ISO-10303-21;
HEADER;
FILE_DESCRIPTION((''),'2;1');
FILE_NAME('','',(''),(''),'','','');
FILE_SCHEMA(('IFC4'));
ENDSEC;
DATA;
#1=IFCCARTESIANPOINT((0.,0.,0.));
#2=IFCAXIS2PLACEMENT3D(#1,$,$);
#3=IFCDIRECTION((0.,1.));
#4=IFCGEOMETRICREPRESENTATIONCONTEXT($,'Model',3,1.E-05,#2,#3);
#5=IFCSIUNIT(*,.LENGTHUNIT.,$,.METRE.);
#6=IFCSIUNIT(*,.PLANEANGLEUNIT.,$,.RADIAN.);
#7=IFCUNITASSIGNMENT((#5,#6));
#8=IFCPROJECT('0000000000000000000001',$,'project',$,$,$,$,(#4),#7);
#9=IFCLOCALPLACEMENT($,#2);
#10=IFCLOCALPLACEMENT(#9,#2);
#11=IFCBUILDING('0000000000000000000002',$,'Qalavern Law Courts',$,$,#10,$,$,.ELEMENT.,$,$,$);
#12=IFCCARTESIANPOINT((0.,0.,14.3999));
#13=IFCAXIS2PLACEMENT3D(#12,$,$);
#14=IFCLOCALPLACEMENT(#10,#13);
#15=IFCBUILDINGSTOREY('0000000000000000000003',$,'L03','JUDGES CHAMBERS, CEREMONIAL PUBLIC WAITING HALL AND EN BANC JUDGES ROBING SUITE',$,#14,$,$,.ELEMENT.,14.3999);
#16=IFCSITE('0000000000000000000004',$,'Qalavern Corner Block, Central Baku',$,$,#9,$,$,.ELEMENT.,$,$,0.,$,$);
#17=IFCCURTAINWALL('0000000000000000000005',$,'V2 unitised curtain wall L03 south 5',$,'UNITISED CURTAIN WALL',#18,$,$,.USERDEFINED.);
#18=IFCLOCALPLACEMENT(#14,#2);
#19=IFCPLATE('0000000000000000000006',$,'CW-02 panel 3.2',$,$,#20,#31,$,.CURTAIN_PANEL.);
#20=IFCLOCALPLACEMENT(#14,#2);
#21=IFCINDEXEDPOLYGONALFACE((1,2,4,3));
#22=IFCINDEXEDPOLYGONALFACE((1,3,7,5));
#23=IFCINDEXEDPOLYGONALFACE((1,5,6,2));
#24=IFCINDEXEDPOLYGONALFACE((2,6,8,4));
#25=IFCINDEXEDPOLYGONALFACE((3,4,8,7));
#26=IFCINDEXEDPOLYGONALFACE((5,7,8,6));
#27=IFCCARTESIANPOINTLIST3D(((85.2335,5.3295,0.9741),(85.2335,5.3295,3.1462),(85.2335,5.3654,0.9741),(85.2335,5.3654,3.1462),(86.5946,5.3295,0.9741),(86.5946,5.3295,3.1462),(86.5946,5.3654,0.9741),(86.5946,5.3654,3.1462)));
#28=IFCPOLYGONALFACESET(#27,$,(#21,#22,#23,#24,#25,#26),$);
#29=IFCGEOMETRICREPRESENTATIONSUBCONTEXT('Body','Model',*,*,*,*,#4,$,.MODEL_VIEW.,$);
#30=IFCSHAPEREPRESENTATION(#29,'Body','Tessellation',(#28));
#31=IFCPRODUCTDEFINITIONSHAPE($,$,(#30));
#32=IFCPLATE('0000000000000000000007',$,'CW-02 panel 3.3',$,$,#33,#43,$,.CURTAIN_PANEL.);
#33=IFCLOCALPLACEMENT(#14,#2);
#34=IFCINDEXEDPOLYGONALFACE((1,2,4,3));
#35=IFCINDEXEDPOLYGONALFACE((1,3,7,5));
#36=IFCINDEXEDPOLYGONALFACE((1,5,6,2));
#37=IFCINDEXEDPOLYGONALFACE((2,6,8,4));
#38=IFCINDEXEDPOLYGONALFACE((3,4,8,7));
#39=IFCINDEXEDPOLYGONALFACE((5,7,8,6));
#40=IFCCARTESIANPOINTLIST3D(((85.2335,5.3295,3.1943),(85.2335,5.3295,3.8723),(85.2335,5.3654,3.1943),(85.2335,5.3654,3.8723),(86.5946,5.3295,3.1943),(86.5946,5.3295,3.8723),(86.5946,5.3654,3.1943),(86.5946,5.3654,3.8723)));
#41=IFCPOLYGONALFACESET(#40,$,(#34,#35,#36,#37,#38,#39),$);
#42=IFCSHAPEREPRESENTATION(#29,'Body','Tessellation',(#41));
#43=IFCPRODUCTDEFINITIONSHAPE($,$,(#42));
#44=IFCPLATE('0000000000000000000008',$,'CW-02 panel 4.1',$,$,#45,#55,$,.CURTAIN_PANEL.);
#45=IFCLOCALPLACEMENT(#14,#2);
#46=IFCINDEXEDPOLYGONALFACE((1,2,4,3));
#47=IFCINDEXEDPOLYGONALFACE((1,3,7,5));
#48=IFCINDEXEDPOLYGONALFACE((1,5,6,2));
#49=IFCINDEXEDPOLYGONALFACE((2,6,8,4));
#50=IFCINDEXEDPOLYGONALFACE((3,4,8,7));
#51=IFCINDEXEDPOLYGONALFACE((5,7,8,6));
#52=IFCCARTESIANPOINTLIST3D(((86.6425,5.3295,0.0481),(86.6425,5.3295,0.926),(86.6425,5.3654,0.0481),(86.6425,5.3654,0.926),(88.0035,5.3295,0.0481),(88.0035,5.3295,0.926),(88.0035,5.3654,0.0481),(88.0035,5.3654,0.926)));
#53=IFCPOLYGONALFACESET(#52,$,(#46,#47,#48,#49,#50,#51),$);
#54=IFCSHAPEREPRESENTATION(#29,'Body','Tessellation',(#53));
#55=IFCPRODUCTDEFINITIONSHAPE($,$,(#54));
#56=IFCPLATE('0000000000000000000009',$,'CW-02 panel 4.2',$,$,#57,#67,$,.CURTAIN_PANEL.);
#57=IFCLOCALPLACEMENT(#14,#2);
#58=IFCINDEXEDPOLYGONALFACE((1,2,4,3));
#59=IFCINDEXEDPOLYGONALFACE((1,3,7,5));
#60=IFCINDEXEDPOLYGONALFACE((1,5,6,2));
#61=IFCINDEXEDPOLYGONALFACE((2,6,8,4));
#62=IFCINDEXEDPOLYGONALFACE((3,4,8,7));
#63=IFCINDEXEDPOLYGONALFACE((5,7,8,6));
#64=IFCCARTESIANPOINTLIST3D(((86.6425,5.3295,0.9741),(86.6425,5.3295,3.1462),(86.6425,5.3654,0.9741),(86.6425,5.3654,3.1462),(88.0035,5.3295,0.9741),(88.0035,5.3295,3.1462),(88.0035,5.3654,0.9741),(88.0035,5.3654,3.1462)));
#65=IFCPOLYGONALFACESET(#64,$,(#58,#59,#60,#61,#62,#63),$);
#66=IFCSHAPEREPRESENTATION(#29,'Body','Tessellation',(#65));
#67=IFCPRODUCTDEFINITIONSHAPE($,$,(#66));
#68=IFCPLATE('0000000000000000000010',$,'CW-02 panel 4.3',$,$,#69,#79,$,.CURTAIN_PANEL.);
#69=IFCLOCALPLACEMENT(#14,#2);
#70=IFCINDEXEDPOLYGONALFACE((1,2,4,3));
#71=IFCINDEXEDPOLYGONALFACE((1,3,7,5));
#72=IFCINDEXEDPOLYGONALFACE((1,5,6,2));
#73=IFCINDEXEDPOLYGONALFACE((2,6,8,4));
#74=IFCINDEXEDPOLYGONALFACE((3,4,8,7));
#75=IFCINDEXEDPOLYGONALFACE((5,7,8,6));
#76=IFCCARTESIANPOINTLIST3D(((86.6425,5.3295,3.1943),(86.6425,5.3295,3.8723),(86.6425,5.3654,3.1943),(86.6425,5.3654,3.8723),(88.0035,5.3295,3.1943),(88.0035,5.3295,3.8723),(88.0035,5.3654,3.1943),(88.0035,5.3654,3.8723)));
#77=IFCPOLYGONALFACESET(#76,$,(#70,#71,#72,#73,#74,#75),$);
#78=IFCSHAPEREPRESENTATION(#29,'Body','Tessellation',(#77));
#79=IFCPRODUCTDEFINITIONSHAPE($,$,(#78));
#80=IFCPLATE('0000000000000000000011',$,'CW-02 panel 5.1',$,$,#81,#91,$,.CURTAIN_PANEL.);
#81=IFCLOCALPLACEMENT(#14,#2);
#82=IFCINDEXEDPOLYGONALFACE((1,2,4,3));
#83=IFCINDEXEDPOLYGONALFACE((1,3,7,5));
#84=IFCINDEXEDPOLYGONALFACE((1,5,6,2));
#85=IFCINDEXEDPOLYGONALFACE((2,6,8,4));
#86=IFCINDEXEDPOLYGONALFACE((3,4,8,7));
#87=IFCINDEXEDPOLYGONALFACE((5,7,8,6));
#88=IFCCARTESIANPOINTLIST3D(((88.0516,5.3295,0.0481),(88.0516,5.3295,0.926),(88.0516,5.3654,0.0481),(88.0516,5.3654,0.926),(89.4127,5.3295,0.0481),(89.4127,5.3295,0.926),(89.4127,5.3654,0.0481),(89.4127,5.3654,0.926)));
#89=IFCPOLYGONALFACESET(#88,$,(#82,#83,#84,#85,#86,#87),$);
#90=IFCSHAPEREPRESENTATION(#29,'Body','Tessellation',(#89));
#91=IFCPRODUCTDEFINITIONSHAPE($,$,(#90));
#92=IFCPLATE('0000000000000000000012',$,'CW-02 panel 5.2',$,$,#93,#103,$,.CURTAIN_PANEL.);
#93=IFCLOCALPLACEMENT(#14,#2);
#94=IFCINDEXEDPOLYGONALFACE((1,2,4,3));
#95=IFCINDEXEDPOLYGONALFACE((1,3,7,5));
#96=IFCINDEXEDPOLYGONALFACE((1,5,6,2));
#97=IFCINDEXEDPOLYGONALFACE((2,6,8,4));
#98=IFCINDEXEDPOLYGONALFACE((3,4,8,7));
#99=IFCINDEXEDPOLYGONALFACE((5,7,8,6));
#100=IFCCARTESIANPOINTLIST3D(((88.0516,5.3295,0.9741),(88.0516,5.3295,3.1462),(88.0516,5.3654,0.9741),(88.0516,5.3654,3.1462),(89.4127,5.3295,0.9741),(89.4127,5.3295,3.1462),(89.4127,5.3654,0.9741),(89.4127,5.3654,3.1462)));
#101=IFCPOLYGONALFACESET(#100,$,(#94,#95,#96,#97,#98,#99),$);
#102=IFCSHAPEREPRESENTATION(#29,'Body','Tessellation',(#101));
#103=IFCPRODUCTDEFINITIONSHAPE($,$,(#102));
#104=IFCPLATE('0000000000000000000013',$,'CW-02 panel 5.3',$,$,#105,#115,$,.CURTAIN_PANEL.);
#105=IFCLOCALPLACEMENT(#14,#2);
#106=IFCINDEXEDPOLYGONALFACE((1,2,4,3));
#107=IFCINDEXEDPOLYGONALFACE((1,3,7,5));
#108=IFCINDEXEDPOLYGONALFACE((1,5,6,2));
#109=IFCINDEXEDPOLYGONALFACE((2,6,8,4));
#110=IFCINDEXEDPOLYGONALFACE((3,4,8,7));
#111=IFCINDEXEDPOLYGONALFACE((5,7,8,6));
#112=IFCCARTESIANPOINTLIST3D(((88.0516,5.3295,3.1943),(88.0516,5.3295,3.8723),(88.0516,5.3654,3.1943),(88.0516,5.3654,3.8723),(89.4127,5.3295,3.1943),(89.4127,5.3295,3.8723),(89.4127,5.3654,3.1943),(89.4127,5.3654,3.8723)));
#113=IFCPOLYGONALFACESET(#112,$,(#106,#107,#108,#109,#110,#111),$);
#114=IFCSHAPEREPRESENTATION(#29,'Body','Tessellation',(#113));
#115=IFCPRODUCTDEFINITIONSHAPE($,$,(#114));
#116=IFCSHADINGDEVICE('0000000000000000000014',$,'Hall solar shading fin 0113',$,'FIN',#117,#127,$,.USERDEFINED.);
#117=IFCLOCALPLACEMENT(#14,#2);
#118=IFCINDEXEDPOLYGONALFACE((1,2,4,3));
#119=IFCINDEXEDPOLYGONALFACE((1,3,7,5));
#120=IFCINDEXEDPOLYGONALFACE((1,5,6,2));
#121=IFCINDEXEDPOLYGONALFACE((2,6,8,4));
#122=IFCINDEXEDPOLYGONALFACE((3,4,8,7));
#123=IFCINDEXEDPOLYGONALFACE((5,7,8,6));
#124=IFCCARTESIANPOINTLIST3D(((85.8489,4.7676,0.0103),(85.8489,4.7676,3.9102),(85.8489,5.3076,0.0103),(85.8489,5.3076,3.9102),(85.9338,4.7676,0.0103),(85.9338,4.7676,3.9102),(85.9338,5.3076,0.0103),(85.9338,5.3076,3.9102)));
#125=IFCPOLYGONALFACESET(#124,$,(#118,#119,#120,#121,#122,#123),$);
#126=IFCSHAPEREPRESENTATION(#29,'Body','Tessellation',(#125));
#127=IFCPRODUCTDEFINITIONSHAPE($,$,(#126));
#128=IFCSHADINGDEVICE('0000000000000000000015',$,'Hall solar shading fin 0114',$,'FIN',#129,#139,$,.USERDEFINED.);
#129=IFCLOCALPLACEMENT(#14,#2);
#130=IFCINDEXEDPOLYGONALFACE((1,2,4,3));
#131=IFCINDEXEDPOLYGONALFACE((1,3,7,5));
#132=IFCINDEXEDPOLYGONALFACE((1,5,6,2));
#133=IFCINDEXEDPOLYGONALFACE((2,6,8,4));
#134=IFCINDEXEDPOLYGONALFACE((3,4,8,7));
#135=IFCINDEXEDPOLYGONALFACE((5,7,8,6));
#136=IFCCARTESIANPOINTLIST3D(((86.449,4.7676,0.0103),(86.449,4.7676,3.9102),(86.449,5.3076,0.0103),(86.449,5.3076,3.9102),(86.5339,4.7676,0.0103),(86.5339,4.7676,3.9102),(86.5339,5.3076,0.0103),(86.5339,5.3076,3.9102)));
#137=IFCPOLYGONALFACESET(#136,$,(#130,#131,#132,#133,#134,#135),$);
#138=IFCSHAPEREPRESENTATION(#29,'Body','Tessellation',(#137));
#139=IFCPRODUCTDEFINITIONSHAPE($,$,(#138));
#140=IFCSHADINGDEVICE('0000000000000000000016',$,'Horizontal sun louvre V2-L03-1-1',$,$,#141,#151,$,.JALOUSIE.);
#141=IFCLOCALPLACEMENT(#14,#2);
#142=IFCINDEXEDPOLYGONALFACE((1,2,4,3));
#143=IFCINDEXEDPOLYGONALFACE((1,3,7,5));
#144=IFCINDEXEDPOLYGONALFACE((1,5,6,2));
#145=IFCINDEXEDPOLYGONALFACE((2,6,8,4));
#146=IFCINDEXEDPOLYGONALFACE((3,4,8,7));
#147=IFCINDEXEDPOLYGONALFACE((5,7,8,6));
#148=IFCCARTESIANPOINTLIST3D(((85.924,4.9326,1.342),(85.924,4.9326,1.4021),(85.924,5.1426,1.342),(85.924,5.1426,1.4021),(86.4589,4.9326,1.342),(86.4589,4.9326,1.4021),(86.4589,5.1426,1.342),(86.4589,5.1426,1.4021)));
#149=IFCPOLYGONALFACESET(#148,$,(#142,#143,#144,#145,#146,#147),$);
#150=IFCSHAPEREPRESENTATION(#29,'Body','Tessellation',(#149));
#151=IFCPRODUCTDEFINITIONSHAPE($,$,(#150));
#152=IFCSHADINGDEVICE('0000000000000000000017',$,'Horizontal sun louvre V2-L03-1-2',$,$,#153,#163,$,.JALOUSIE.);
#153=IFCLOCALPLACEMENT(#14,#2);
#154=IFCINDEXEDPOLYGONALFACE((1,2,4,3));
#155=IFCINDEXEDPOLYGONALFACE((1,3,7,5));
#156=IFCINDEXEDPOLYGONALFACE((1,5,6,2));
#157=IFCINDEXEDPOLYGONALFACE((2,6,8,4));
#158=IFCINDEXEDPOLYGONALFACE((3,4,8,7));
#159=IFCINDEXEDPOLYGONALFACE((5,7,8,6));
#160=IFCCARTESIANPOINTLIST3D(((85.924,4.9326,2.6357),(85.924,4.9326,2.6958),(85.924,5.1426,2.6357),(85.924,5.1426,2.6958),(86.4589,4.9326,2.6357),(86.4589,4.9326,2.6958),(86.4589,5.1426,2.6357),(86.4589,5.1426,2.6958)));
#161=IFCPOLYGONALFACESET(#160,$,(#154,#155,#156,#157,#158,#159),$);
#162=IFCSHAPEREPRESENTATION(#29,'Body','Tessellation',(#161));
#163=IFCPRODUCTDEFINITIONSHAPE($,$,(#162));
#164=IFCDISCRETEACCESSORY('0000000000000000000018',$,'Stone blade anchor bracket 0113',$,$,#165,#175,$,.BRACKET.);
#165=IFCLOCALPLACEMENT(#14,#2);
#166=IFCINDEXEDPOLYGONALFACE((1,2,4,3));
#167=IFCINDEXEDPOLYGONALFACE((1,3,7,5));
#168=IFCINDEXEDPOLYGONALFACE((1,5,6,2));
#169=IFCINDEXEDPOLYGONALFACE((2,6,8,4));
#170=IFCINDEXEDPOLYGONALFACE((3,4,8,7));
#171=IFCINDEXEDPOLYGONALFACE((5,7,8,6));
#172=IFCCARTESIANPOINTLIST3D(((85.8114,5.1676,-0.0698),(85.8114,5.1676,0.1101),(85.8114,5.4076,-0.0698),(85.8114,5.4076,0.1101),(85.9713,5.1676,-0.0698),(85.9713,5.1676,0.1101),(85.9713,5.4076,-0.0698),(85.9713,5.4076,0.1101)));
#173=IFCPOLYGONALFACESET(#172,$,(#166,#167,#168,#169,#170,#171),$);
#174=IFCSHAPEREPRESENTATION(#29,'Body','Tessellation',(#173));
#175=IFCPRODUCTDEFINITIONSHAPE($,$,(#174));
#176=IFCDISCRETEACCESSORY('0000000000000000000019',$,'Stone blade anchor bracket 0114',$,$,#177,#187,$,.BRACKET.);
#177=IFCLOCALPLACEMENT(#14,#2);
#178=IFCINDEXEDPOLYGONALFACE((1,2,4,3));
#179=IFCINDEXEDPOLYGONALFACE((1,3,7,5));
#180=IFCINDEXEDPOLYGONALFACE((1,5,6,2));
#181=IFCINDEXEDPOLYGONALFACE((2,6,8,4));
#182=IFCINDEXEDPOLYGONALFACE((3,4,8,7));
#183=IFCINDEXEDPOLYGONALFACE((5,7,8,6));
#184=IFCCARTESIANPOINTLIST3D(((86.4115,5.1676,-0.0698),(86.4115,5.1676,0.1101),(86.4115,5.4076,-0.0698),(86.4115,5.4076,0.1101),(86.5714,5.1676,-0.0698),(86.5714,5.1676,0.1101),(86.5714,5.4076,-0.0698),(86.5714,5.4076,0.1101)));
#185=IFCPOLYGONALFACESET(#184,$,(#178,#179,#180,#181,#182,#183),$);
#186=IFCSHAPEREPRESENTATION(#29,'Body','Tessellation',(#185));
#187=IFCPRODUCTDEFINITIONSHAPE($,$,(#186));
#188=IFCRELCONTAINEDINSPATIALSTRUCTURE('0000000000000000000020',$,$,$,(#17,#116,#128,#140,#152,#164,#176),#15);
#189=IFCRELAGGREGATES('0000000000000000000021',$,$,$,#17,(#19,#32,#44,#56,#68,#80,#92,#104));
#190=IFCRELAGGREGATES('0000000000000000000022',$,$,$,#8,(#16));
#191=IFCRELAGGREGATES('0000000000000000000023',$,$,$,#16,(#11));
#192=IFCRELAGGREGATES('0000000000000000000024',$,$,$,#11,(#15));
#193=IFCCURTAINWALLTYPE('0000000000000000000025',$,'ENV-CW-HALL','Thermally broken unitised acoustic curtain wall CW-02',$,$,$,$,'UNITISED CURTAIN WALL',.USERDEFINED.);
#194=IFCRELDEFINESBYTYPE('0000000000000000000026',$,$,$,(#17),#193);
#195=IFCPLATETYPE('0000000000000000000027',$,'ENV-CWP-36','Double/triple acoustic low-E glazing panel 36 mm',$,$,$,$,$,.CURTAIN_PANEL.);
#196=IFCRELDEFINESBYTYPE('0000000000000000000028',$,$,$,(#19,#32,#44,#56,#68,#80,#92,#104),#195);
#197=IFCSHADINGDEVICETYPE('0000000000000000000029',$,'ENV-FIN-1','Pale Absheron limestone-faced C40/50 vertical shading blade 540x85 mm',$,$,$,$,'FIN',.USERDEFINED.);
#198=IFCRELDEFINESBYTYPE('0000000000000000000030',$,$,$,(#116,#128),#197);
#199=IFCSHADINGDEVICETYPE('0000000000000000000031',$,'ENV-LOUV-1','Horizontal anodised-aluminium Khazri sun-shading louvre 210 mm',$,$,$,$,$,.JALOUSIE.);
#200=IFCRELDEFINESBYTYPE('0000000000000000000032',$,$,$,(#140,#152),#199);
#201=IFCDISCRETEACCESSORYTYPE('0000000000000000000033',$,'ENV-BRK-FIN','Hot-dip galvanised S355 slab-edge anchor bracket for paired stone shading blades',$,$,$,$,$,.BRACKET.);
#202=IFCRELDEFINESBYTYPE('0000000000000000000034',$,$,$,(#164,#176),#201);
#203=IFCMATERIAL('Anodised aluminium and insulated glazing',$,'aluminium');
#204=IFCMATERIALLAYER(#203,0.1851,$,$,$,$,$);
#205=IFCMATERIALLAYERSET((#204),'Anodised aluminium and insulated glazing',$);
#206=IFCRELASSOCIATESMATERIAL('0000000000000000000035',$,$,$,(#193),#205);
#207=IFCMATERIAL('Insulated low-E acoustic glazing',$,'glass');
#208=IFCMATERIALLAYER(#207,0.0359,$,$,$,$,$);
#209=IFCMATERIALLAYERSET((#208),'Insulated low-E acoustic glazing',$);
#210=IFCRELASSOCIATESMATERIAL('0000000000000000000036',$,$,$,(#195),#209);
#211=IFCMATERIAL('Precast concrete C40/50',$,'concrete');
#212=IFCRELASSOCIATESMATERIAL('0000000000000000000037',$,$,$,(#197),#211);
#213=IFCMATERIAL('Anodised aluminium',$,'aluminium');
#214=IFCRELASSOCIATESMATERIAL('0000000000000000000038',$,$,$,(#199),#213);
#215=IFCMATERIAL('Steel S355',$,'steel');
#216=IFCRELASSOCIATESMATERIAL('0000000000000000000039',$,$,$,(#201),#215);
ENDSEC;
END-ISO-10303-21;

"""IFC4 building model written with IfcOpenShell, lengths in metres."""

from ifc_helpers import new_model, si_unit, direction, frame, origin, origin_2d, place, context, subcontext, project, spatial, rectangle, extrude, material, layer, layer_set, type_object, element, aggregate, save


model = new_model("IFC4")

# Units and contexts
model_context = context("Model", 3, precision=1e-05, world=origin(), true_north=direction((0.0, 1.0)))
body_context = subcontext(model_context, "Body", "Model", "MODEL_VIEW")
ifc_project = project(units=[si_unit("LENGTHUNIT", "METRE"), si_unit("PLANEANGLEUNIT", "RADIAN")], contexts=[model_context])

# Site, building, storey
site_placement = place(None, origin())
site = spatial("IfcSite", under=ifc_project, at=site_placement, Name="Qalavern Corner Block, Central Baku", CompositionType="ELEMENT", RefElevation=0.0)
building_placement = place(site_placement, origin())
building = spatial("IfcBuilding", under=site, at=building_placement, Name="Qalavern Law Courts", CompositionType="ELEMENT")
storey_placement = place(building_placement, frame((0.0, 0.0, 14.3999)))
storey = spatial("IfcBuildingStorey", under=building, at=storey_placement, Name="L03", Description="JUDGES CHAMBERS, CEREMONIAL PUBLIC WAITING HALL AND EN BANC JUDGES ROBING SUITE", CompositionType="ELEMENT", Elevation=14.3999)

# Curtain wall, plates
ifc_material_1 = material(Name="Anodised aluminium and insulated glazing", Category="aluminium")
ifc_layer_1 = layer(ifc_material_1, 0.1851)
ifc_layer_set_1 = layer_set([ifc_layer_1], Name="Anodised aluminium and insulated glazing")
curtain_wall_type = type_object("IfcCurtainWallType", Name="ENV-CW-HALL", Description="Thermally broken unitised acoustic curtain wall CW-02", ElementType="UNITISED CURTAIN WALL", PredefinedType="USERDEFINED", material=ifc_layer_set_1)
curtain_wall_placement = place(storey_placement, origin())
curtain_wall = element("IfcCurtainWall", 1, at=curtain_wall_placement, inside=storey, type_object=curtain_wall_type, Name="V2 unitised curtain wall L03 south 5", ObjectType="UNITISED CURTAIN WALL", PredefinedType="USERDEFINED")
ifc_material_2 = material(Name="Anodised aluminium", Category="aluminium")
ifc_material_3 = material(Name="Insulated low-E acoustic glazing", Category="glass")
ifc_layer_2 = layer(ifc_material_3, 0.0359)
ifc_layer_set_2 = layer_set([ifc_layer_2], Name="Insulated low-E acoustic glazing")
plate_type = type_object("IfcPlateType", Name="ENV-CWP-36", Description="Double/triple acoustic low-E glazing panel 36 mm", PredefinedType="CURTAIN_PANEL", material=ifc_layer_set_2)
plate_1_placement = place(storey_placement, frame((85.9141, 5.3474, 0.9741), z_axis=(0.0, 0.0, 1.0), x_axis=(1.0, 0.0, 0.0)))
plate_1 = element("IfcPlate", 2, at=plate_1_placement, type_object=plate_type, Name="CW-02 panel 3.2", PredefinedType="CURTAIN_PANEL", context=body_context, shape_type="SweptSolid", body=[
    extrude(rectangle(XDim=1.3611, YDim=0.0359, at=origin_2d()), origin(), (0.0, 0.0, 1.0), 2.1721),
])
plate_2_placement = place(storey_placement, frame((85.9141, 5.3474, 3.1943), z_axis=(0.0, 0.0, 1.0), x_axis=(1.0, 0.0, 0.0)))
plate_2 = element("IfcPlate", 3, at=plate_2_placement, type_object=plate_type, Name="CW-02 panel 3.3", PredefinedType="CURTAIN_PANEL", context=body_context, shape_type="SweptSolid", body=[
    extrude(rectangle(XDim=1.3611, YDim=0.0359, at=origin_2d()), origin(), (0.0, 0.0, 1.0), 0.678),
])
plate_3_placement = place(storey_placement, frame((87.323, 5.3474, 0.0481), z_axis=(0.0, 0.0, 1.0), x_axis=(1.0, 0.0, 0.0)))
plate_3 = element("IfcPlate", 4, at=plate_3_placement, type_object=plate_type, Name="CW-02 panel 4.1", PredefinedType="CURTAIN_PANEL", context=body_context, shape_type="SweptSolid", body=[
    extrude(rectangle(XDim=1.3611, YDim=0.0359, at=origin_2d()), origin(), (0.0, 0.0, 1.0), 0.8779),
])
plate_4_placement = place(storey_placement, frame((87.323, 5.3474, 0.9741), z_axis=(0.0, 0.0, 1.0), x_axis=(1.0, 0.0, 0.0)))
plate_4 = element("IfcPlate", 5, at=plate_4_placement, type_object=plate_type, Name="CW-02 panel 4.2", PredefinedType="CURTAIN_PANEL", context=body_context, shape_type="SweptSolid", body=[
    extrude(rectangle(XDim=1.3611, YDim=0.0359, at=origin_2d()), origin(), (0.0, 0.0, 1.0), 2.1721),
])
plate_5_placement = place(storey_placement, frame((87.323, 5.3474, 3.1943), z_axis=(0.0, 0.0, 1.0), x_axis=(1.0, 0.0, 0.0)))
plate_5 = element("IfcPlate", 6, at=plate_5_placement, type_object=plate_type, Name="CW-02 panel 4.3", PredefinedType="CURTAIN_PANEL", context=body_context, shape_type="SweptSolid", body=[
    extrude(rectangle(XDim=1.3611, YDim=0.0359, at=origin_2d()), origin(), (0.0, 0.0, 1.0), 0.678),
])
plate_6_placement = place(storey_placement, frame((88.7322, 5.3474, 0.0481), z_axis=(0.0, 0.0, 1.0), x_axis=(1.0, 0.0, 0.0)))
plate_6 = element("IfcPlate", 7, at=plate_6_placement, type_object=plate_type, Name="CW-02 panel 5.1", PredefinedType="CURTAIN_PANEL", context=body_context, shape_type="SweptSolid", body=[
    extrude(rectangle(XDim=1.3611, YDim=0.0359, at=origin_2d()), origin(), (0.0, 0.0, 1.0), 0.8779),
])
plate_7_placement = place(storey_placement, frame((88.7322, 5.3474, 0.9741), z_axis=(0.0, 0.0, 1.0), x_axis=(1.0, 0.0, 0.0)))
plate_7 = element("IfcPlate", 8, at=plate_7_placement, type_object=plate_type, Name="CW-02 panel 5.2", PredefinedType="CURTAIN_PANEL", context=body_context, shape_type="SweptSolid", body=[
    extrude(rectangle(XDim=1.3611, YDim=0.0359, at=origin_2d()), origin(), (0.0, 0.0, 1.0), 2.1721),
])
plate_8_placement = place(storey_placement, frame((88.7322, 5.3474, 3.1943), z_axis=(0.0, 0.0, 1.0), x_axis=(1.0, 0.0, 0.0)))
plate_8 = element("IfcPlate", 9, at=plate_8_placement, type_object=plate_type, Name="CW-02 panel 5.3", PredefinedType="CURTAIN_PANEL", context=body_context, shape_type="SweptSolid", body=[
    extrude(rectangle(XDim=1.3611, YDim=0.0359, at=origin_2d()), origin(), (0.0, 0.0, 1.0), 0.678),
])
aggregate(curtain_wall, [plate_1, plate_2, plate_3, plate_4, plate_5, plate_6, plate_7, plate_8])

# Shading devices
ifc_material_4 = material(Name="Precast concrete C40/50", Category="concrete")
shading_device_type_1 = type_object("IfcShadingDeviceType", Name="ENV-FIN-1", Description="Pale Absheron limestone-faced C40/50 vertical shading blade 540x85 mm", ElementType="FIN", PredefinedType="USERDEFINED", material=ifc_material_4)
for number, where, z_axis, x_axis, name in (
    (10, (85.8914, 5.0376, 0.0103), (0.0, 0.0, 1.0), (0.0, -1.0, 0.0), "Hall solar shading fin 0113"),
    (11, (86.4915, 5.0376, 0.0103), (0.0, 0.0, 1.0), (0.0, -1.0, 0.0), "Hall solar shading fin 0114"),
):
    element("IfcShadingDevice", number, at=place(storey_placement, frame(where, z_axis=z_axis, x_axis=x_axis)), inside=storey, type_object=shading_device_type_1, Name=name, ObjectType="FIN", PredefinedType="USERDEFINED", context=body_context, shape_type="SweptSolid", body=[
        extrude(rectangle(XDim=0.54, YDim=0.085, at=origin_2d()), origin(), (0.0, 0.0, 1.0), 3.8999),
    ])
shading_device_type_2 = type_object("IfcShadingDeviceType", Name="ENV-LOUV-1", Description="Horizontal anodised-aluminium Khazri sun-shading louvre 210 mm", PredefinedType="JALOUSIE", material=ifc_material_2)
for number, where, z_axis, x_axis, name in (
    (12, (86.1914, 5.0376, 1.342), (0.0, 0.0, 1.0), (1.0, 0.0, 0.0), "Horizontal sun louvre V2-L03-1-1"),
    (13, (86.1914, 5.0376, 2.6357), (0.0, 0.0, 1.0), (1.0, 0.0, 0.0), "Horizontal sun louvre V2-L03-1-2"),
):
    element("IfcShadingDevice", number, at=place(storey_placement, frame(where, z_axis=z_axis, x_axis=x_axis)), inside=storey, type_object=shading_device_type_2, Name=name, PredefinedType="JALOUSIE", context=body_context, shape_type="SweptSolid", body=[
        extrude(rectangle(XDim=0.5349, YDim=0.21, at=origin_2d()), origin(), (0.0, 0.0, 1.0), 0.0601),
    ])

# Discrete accessories
ifc_material_5 = material(Name="Steel S355", Category="steel")
discrete_accessory_type = type_object("IfcDiscreteAccessoryType", Name="ENV-BRK-FIN", Description="Hot-dip galvanised S355 slab-edge anchor bracket for paired stone shading blades", PredefinedType="BRACKET", material=ifc_material_5)
for number, where, z_axis, x_axis, name in (
    (14, (85.8914, 5.2876, -0.0698), (0.0, 0.0, 1.0), (0.0, -1.0, 0.0), "Stone blade anchor bracket 0113"),
    (15, (86.4915, 5.2876, -0.0698), (0.0, 0.0, 1.0), (0.0, -1.0, 0.0), "Stone blade anchor bracket 0114"),
):
    element("IfcDiscreteAccessory", number, at=place(storey_placement, frame(where, z_axis=z_axis, x_axis=x_axis)), inside=storey, type_object=discrete_accessory_type, Name=name, PredefinedType="BRACKET", context=body_context, shape_type="SweptSolid", body=[
        extrude(rectangle(XDim=0.24, YDim=0.1599, at=origin_2d()), origin(), (0.0, 0.0, 1.0), 0.1799),
    ])

save(model, "model.ifc")
